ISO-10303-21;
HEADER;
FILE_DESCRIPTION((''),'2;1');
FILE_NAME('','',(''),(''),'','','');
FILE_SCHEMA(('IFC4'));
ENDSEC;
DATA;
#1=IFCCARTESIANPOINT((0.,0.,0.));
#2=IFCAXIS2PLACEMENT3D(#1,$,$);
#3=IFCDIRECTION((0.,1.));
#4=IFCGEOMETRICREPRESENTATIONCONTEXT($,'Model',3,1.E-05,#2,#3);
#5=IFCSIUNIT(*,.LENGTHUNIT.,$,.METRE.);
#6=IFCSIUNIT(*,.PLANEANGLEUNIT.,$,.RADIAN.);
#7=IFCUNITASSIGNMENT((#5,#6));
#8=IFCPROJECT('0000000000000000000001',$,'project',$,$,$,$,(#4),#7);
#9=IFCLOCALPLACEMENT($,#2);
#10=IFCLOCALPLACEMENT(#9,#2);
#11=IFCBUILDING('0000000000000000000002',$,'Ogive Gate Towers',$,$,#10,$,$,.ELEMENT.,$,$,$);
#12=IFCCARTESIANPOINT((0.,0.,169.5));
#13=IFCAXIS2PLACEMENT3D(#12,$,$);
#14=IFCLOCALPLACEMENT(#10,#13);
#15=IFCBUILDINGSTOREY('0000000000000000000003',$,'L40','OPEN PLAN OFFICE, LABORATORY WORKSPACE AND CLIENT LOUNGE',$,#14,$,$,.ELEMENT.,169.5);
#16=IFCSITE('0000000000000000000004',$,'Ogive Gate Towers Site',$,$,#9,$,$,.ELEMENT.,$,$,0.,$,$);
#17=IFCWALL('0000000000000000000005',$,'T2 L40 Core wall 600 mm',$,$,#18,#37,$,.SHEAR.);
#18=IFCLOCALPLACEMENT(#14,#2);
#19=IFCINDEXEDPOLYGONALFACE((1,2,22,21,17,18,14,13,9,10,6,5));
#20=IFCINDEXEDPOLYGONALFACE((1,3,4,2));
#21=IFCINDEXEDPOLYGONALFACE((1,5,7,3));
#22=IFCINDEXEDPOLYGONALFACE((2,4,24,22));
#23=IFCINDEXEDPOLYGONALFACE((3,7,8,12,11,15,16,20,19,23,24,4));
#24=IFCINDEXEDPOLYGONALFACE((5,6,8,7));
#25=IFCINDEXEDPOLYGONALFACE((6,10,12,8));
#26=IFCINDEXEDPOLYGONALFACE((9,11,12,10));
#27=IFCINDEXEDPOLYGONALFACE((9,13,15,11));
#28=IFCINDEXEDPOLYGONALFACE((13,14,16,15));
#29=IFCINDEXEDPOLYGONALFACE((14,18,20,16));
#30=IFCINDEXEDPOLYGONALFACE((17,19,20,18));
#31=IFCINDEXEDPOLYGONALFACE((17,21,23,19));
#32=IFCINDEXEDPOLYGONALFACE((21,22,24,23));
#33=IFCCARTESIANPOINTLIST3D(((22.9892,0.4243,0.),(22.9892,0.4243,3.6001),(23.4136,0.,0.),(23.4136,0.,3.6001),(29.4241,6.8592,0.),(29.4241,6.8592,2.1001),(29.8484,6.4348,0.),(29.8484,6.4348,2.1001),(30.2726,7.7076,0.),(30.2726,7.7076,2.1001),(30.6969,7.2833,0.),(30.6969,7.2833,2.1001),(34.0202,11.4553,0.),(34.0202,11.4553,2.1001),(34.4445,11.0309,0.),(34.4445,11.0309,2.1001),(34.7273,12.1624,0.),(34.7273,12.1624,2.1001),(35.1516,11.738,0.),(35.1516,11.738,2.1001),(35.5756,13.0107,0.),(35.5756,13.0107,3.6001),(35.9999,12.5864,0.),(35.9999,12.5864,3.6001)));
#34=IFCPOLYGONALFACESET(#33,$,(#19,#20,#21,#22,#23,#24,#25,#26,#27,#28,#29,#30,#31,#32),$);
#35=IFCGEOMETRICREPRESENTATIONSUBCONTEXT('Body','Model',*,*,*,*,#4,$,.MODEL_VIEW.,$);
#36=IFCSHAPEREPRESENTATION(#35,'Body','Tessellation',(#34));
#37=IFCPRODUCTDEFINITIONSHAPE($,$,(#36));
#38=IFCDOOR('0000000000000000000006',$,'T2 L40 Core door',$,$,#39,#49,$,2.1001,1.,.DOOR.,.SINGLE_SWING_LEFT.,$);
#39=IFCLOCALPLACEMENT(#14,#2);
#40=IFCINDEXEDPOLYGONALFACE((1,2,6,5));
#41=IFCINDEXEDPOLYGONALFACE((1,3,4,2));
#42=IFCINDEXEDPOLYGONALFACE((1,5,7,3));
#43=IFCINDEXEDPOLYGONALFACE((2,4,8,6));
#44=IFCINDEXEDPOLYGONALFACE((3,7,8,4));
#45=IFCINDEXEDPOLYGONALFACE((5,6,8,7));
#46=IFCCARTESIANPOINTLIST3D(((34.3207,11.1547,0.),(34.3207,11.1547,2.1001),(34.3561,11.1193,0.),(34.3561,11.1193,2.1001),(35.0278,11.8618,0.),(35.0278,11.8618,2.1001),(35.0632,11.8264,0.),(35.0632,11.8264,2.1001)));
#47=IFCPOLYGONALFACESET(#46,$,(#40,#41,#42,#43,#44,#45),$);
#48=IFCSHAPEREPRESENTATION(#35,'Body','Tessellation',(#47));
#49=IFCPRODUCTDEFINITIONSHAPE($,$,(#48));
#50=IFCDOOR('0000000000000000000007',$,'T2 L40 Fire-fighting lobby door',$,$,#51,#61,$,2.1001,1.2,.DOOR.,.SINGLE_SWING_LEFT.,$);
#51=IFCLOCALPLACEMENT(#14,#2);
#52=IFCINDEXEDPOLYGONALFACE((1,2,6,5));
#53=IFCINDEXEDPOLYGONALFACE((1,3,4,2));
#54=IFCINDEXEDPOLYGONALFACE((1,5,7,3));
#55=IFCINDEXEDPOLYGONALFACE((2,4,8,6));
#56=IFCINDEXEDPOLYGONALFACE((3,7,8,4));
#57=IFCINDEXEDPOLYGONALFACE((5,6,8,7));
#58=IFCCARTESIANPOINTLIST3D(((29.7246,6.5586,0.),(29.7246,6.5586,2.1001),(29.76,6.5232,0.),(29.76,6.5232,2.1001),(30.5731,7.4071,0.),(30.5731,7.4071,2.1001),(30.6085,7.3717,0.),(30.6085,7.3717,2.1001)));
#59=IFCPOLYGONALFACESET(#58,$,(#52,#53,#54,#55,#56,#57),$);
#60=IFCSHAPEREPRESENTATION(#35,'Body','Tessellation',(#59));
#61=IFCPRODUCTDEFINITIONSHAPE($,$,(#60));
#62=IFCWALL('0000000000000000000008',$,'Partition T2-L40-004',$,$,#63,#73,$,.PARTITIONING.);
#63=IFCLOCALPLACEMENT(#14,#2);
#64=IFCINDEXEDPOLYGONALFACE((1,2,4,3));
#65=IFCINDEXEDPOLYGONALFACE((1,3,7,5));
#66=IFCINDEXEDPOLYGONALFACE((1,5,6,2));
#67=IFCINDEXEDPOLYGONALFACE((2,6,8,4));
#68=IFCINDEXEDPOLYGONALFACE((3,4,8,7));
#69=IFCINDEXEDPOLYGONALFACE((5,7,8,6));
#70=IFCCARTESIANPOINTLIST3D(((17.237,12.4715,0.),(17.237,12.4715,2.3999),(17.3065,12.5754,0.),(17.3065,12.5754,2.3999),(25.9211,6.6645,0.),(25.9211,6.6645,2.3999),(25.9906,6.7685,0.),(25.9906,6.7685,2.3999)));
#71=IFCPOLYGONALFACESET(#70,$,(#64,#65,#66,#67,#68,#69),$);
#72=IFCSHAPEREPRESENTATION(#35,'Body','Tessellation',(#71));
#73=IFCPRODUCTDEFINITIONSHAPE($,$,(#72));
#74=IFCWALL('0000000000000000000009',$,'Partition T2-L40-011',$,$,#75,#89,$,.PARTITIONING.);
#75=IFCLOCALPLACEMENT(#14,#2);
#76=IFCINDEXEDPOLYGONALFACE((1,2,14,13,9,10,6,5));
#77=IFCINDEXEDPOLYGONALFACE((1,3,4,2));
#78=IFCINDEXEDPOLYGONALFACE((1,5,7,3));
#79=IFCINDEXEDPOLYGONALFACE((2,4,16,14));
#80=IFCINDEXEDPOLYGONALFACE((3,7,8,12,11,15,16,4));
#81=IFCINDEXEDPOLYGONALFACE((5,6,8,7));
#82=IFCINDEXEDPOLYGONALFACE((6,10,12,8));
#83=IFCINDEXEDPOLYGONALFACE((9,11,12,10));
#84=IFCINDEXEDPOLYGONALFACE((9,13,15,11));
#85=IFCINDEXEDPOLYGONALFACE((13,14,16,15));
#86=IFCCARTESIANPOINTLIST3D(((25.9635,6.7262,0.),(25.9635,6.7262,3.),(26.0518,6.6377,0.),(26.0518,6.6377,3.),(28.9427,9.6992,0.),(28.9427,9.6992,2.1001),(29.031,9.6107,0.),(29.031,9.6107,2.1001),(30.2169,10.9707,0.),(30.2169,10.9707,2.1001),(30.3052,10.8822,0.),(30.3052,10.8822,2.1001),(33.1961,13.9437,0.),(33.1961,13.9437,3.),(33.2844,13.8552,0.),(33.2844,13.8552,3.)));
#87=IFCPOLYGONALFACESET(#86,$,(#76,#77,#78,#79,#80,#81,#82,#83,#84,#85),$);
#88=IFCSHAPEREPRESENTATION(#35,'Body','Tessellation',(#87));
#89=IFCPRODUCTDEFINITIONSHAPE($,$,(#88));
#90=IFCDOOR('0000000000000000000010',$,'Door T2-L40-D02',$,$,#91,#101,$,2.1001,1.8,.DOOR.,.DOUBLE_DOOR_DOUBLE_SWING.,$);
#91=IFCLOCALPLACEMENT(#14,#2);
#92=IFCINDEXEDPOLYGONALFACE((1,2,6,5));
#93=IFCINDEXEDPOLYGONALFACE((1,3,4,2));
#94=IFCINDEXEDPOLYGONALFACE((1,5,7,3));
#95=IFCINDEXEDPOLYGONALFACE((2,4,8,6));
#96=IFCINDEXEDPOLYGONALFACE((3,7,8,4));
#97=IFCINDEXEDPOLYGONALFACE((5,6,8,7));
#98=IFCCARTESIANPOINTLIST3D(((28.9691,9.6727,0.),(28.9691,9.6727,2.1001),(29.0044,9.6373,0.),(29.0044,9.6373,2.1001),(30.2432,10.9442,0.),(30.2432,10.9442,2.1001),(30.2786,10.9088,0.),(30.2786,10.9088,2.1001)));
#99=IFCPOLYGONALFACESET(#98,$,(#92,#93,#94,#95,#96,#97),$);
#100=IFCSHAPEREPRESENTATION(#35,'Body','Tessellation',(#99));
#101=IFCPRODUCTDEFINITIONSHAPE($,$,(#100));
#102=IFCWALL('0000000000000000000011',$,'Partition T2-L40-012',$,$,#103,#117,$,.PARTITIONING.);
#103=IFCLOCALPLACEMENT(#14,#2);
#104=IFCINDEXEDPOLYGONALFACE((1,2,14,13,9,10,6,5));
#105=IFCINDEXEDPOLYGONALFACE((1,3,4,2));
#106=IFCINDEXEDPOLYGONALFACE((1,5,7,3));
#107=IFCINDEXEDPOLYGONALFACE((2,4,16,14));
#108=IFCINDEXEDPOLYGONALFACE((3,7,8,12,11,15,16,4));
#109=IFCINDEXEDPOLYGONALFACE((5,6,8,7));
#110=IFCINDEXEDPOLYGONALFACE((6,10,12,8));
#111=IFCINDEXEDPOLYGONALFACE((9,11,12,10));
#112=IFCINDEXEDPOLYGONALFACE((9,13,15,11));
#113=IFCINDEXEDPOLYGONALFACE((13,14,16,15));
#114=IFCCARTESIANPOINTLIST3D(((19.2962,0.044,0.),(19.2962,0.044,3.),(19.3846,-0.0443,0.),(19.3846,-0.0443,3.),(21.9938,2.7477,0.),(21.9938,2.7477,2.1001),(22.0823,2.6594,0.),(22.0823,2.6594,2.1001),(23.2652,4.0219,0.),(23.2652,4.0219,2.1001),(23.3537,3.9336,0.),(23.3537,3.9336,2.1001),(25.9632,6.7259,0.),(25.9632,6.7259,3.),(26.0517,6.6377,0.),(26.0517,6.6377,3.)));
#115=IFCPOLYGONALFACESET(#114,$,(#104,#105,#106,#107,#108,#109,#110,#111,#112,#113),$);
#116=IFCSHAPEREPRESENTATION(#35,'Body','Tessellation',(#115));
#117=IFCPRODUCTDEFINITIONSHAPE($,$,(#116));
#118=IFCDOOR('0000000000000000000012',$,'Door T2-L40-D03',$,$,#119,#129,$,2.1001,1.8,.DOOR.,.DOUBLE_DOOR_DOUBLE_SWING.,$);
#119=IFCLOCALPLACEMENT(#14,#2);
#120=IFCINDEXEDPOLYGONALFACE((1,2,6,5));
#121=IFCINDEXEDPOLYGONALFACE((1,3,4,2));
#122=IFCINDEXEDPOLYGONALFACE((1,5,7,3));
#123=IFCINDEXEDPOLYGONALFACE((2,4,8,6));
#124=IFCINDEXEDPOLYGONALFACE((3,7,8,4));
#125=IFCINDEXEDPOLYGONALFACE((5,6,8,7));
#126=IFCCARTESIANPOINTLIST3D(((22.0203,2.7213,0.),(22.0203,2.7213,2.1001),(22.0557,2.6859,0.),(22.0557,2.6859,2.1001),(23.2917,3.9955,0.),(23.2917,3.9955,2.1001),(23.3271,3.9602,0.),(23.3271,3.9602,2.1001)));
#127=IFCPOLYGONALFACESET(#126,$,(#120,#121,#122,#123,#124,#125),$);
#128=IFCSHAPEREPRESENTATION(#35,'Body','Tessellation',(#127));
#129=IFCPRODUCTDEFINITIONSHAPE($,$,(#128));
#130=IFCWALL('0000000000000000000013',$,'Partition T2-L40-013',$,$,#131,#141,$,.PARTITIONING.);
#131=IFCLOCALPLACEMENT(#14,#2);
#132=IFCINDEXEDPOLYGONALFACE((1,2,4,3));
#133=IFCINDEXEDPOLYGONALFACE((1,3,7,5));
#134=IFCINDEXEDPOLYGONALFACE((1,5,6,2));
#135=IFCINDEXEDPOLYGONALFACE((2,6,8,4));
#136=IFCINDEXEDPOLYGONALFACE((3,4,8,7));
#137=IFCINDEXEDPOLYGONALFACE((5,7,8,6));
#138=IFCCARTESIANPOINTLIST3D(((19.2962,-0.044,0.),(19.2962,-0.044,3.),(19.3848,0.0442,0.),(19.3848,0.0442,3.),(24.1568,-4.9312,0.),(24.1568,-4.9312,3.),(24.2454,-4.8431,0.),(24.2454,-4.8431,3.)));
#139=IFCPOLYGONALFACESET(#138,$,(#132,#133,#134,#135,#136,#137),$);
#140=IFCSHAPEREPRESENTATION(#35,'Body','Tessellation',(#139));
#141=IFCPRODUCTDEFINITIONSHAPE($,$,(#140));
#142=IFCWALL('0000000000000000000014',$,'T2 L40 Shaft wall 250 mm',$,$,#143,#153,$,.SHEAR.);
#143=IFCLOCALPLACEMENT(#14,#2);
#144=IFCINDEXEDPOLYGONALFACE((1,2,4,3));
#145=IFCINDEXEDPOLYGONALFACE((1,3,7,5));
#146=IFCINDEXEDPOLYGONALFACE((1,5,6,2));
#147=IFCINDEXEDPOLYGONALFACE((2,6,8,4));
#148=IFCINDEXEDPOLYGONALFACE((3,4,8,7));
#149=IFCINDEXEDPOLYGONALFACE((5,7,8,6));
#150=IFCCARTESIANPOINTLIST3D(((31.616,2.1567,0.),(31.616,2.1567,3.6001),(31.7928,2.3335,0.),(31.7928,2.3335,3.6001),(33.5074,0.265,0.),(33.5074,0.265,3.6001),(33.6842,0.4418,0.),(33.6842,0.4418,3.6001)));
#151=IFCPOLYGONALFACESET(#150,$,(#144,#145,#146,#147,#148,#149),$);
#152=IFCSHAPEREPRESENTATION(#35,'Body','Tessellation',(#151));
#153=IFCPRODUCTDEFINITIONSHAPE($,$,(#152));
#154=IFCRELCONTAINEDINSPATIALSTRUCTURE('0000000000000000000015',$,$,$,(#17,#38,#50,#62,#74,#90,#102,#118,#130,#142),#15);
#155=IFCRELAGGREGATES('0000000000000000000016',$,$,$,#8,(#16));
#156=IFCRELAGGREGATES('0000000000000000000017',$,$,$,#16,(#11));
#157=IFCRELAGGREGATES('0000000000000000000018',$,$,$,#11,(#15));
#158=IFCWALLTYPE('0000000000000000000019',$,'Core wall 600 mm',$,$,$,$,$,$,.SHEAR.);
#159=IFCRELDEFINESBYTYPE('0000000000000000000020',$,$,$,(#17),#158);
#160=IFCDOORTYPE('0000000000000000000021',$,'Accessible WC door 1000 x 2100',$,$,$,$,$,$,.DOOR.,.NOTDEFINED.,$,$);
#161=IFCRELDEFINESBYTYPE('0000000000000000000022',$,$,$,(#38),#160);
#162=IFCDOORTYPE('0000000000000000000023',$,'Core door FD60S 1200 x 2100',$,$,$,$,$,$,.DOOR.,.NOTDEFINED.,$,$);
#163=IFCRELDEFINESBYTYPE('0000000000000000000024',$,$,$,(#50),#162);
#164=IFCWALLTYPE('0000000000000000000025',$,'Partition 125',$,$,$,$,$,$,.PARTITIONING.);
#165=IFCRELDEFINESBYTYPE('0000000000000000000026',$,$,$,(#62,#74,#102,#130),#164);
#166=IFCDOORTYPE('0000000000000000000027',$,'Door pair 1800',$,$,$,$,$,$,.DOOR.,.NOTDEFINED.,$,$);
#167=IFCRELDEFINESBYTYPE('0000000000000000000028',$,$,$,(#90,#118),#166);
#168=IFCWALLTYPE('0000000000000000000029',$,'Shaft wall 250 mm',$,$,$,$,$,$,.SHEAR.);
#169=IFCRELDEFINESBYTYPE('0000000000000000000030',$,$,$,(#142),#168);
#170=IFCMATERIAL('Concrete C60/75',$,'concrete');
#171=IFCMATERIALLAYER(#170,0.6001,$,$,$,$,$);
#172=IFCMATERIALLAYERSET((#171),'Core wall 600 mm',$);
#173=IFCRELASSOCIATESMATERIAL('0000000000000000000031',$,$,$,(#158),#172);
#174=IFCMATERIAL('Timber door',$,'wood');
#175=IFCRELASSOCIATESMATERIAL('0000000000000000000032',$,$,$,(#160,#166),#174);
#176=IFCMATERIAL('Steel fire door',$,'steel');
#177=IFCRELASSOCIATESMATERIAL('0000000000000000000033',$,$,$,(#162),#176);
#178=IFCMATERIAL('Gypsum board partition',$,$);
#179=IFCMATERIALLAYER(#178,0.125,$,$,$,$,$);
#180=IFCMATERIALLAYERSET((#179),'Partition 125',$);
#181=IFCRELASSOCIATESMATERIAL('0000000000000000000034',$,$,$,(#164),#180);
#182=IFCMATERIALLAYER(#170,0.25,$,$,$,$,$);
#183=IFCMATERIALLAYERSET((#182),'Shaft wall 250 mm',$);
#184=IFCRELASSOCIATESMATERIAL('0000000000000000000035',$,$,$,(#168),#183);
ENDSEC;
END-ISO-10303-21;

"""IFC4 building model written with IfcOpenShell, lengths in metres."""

from ifc_helpers import new_model, si_unit, direction, frame, frame_2d, origin, place, context, subcontext, project, spatial, rectangle, extrude, material, layer, layer_set, type_object, element, fill, save


model = new_model("IFC4")

# Units and contexts
model_context = context("Model", 3, precision=1e-05, world=origin(), true_north=direction((0.0, 1.0)))
body_context = subcontext(model_context, "Body", "Model", "MODEL_VIEW")
ifc_project = project(units=[si_unit("LENGTHUNIT", "METRE"), si_unit("PLANEANGLEUNIT", "RADIAN")], contexts=[model_context])

# Site, building, storey
site_placement = place(None, origin())
site = spatial("IfcSite", under=ifc_project, at=site_placement, Name="Ogive Gate Towers Site", CompositionType="ELEMENT", RefElevation=0.0)
building_placement = place(site_placement, origin())
building = spatial("IfcBuilding", under=site, at=building_placement, Name="Ogive Gate Towers", CompositionType="ELEMENT")
storey_placement = place(building_placement, frame((0.0, 0.0, 169.5)))
storey = spatial("IfcBuildingStorey", under=building, at=storey_placement, Name="L40", Description="OPEN PLAN OFFICE, LABORATORY WORKSPACE AND CLIENT LOUNGE", CompositionType="ELEMENT", Elevation=169.5)

# Wall, openings, doors
ifc_material_1 = material(Name="Concrete C60/75", Category="concrete")
ifc_layer_1 = layer(ifc_material_1, 0.6001)
ifc_layer_set_1 = layer_set([ifc_layer_1], Name="Core wall 600 mm")
wall_type_1 = type_object("IfcWallType", Name="Core wall 600 mm", PredefinedType="SHEAR", material=ifc_layer_set_1)
wall_1_placement = place(storey_placement, frame((23.2014, 0.2122, 0.0), z_axis=(0.0, 0.0, 1.0), x_axis=(0.707107, 0.707107, 0.0)))
wall_1 = element("IfcWall", 1, at=wall_1_placement, inside=storey, type_object=wall_type_1, Name="T2 L40 Core wall 600 mm", PredefinedType="SHEAR", context=body_context, shape_type="SweptSolid", body=[
    extrude(rectangle(XDim=17.7998, YDim=0.6001, at=frame_2d((8.8999, 0.0))), origin(), (0.0, 0.0, 1.0), 3.6001),
])
opening_1_placement = place(wall_1_placement, frame((9.1001, 0.0, 0.0)))
opening_1 = element("IfcOpeningElement", 2, at=opening_1_placement, cuts=wall_1, PredefinedType="OPENING", context=body_context, shape_type="SweptSolid", body=[
    extrude(rectangle(XDim=1.2, YDim=2.1001, at=frame_2d((0.6001, 1.05))), frame((0.0, 0.3101, 0.0), z_axis=(0.0, -1.0, 0.0), x_axis=(1.0, 0.0, 0.0)), (0.0, 0.0, 1.0), 0.6201),
])
opening_2_placement = place(wall_1_placement, frame((15.6001, 0.0, 0.0)))
opening_2 = element("IfcOpeningElement", 3, at=opening_2_placement, cuts=wall_1, PredefinedType="OPENING", context=body_context, shape_type="SweptSolid", body=[
    extrude(rectangle(XDim=1.0, YDim=2.1001, at=frame_2d((0.5, 1.05))), frame((0.0, 0.3101, 0.0), z_axis=(0.0, -1.0, 0.0), x_axis=(1.0, 0.0, 0.0)), (0.0, 0.0, 1.0), 0.6201),
])
ifc_material_2 = material(Name="Timber door", Category="wood")
door_type_1 = type_object("IfcDoorType", Name="Accessible WC door 1000 x 2100", OperationType="NOTDEFINED", PredefinedType="DOOR", material=ifc_material_2)
door_1_placement = place(opening_2_placement, origin())
door_1 = element("IfcDoor", 4, at=door_1_placement, inside=storey, type_object=door_type_1, Name="T2 L40 Core door", OperationType="SINGLE_SWING_LEFT", OverallHeight=2.1001, OverallWidth=1.0, PredefinedType="DOOR", context=body_context, shape_type="SweptSolid", body=[
    extrude(rectangle(XDim=1.0, YDim=2.1001, at=frame_2d((0.5, 1.05))), frame((0.0, -0.125, 0.0), z_axis=(0.0, -1.0, 0.0), x_axis=(1.0, 0.0, 0.0)), (0.0, 0.0, 1.0), 0.05),
])
fill(opening_2, door_1)
ifc_material_3 = material(Name="Steel fire door", Category="steel")
door_type_2 = type_object("IfcDoorType", Name="Core door FD60S 1200 x 2100", OperationType="NOTDEFINED", PredefinedType="DOOR", material=ifc_material_3)
door_2_placement = place(opening_1_placement, origin())
door_2 = element("IfcDoor", 5, at=door_2_placement, inside=storey, type_object=door_type_2, Name="T2 L40 Fire-fighting lobby door", OperationType="SINGLE_SWING_LEFT", OverallHeight=2.1001, OverallWidth=1.2, PredefinedType="DOOR", context=body_context, shape_type="SweptSolid", body=[
    extrude(rectangle(XDim=1.2, YDim=2.1001, at=frame_2d((0.6001, 1.05))), frame((0.0, -0.125, 0.0), z_axis=(0.0, -1.0, 0.0), x_axis=(1.0, 0.0, 0.0)), (0.0, 0.0, 1.0), 0.05),
])
fill(opening_1, door_2)

# Wall
ifc_material_4 = material(Name="Gypsum board partition")
ifc_layer_2 = layer(ifc_material_4, 0.125)
ifc_layer_set_2 = layer_set([ifc_layer_2], Name="Partition 125")
wall_type_2 = type_object("IfcWallType", Name="Partition 125", PredefinedType="PARTITIONING", material=ifc_layer_set_2)
wall_2_placement = place(storey_placement, frame((17.2717, 12.5234, 0.0), z_axis=(0.0, 0.0, 1.0), x_axis=(0.831276, -0.555859, 0.0)))
element("IfcWall", 6, at=wall_2_placement, inside=storey, type_object=wall_type_2, Name="Partition T2-L40-004", PredefinedType="PARTITIONING", context=body_context, shape_type="SweptSolid", body=[
    extrude(rectangle(XDim=10.4468, YDim=0.125, at=frame_2d((5.2234, 0.0))), origin(), (0.0, 0.0, 1.0), 2.3999),
])

# Walls, openings, doors
wall_3_placement = place(storey_placement, frame((33.2402, 13.8994, 0.0), z_axis=(0.0, 0.0, 1.0), x_axis=(-0.707847, -0.706366, 0.0)))
wall_3 = element("IfcWall", 7, at=wall_3_placement, inside=storey, type_object=wall_type_2, Name="Partition T2-L40-011", PredefinedType="PARTITIONING", context=body_context, shape_type="SweptSolid", body=[
    extrude(rectangle(XDim=10.2178, YDim=0.125, at=frame_2d((5.1089, 0.0))), origin(), (0.0, 0.0, 1.0), 3.0),
])
opening_3_placement = place(wall_3_placement, frame((4.209, 0.0, 0.0)))
opening_3 = element("IfcOpeningElement", 8, at=opening_3_placement, cuts=wall_3, PredefinedType="OPENING", context=body_context, shape_type="SweptSolid", body=[
    extrude(rectangle(XDim=1.8, YDim=2.1001, at=frame_2d((0.8999, 1.05))), frame((0.0, 0.0725, 0.0), z_axis=(0.0, -1.0, 0.0), x_axis=(1.0, 0.0, 0.0)), (0.0, 0.0, 1.0), 0.145),
])
door_type_3 = type_object("IfcDoorType", Name="Door pair 1800", OperationType="NOTDEFINED", PredefinedType="DOOR", material=ifc_material_2)
door_3_placement = place(opening_3_placement, origin())
door_3 = element("IfcDoor", 9, at=door_3_placement, inside=storey, type_object=door_type_3, Name="Door T2-L40-D02", OperationType="DOUBLE_DOOR_DOUBLE_SWING", OverallHeight=2.1001, OverallWidth=1.8, PredefinedType="DOOR", context=body_context, shape_type="SweptSolid", body=[
    extrude(rectangle(XDim=1.8, YDim=2.1001, at=frame_2d((0.8999, 1.05))), frame((0.0, 0.0249, 0.0), z_axis=(0.0, -1.0, 0.0), x_axis=(1.0, 0.0, 0.0)), (0.0, 0.0, 1.0), 0.05),
])
fill(opening_3, door_3)
wall_4_placement = place(storey_placement, frame((26.0076, 6.6819, 0.0), z_axis=(0.0, 0.0, 1.0), x_axis=(-0.706317, -0.707895, 0.0)))
wall_4 = element("IfcWall", 10, at=wall_4_placement, inside=storey, type_object=wall_type_2, Name="Partition T2-L40-012", PredefinedType="PARTITIONING", context=body_context, shape_type="SweptSolid", body=[
    extrude(rectangle(XDim=9.4392, YDim=0.125, at=frame_2d((4.7197, 0.0))), origin(), (0.0, 0.0, 1.0), 3.0),
])
opening_4_placement = place(wall_4_placement, frame((3.8201, 0.0, 0.0)))
opening_4 = element("IfcOpeningElement", 11, at=opening_4_placement, cuts=wall_4, PredefinedType="OPENING", context=body_context, shape_type="SweptSolid", body=[
    extrude(rectangle(XDim=1.8, YDim=2.1001, at=frame_2d((0.8999, 1.05))), frame((0.0, 0.0725, 0.0), z_axis=(0.0, -1.0, 0.0), x_axis=(1.0, 0.0, 0.0)), (0.0, 0.0, 1.0), 0.145),
])
door_4_placement = place(opening_4_placement, origin())
door_4 = element("IfcDoor", 12, at=door_4_placement, inside=storey, type_object=door_type_3, Name="Door T2-L40-D03", OperationType="DOUBLE_DOOR_DOUBLE_SWING", OverallHeight=2.1001, OverallWidth=1.8, PredefinedType="DOOR", context=body_context, shape_type="SweptSolid", body=[
    extrude(rectangle(XDim=1.8, YDim=2.1001, at=frame_2d((0.8999, 1.05))), frame((0.0, 0.0249, 0.0), z_axis=(0.0, -1.0, 0.0), x_axis=(1.0, 0.0, 0.0)), (0.0, 0.0, 1.0), 0.05),
])
fill(opening_4, door_4)

# Walls
wall_5_placement = place(storey_placement, frame((19.3406, 0.0, 0.0), z_axis=(0.0, 0.0, 1.0), x_axis=(0.705174, -0.709035, 0.0)))
element("IfcWall", 13, at=wall_5_placement, inside=storey, type_object=wall_type_2, Name="Partition T2-L40-013", PredefinedType="PARTITIONING", context=body_context, shape_type="SweptSolid", body=[
    extrude(rectangle(XDim=6.8928, YDim=0.125, at=frame_2d((3.4463, 0.0))), origin(), (0.0, 0.0, 1.0), 3.0),
])
ifc_layer_3 = layer(ifc_material_1, 0.25)
ifc_layer_set_3 = layer_set([ifc_layer_3], Name="Shaft wall 250 mm")
wall_type_3 = type_object("IfcWallType", Name="Shaft wall 250 mm", PredefinedType="SHEAR", material=ifc_layer_set_3)
wall_6_placement = place(storey_placement, frame((33.5957, 0.3535, 0.0), z_axis=(0.0, 0.0, 1.0), x_axis=(-0.707061, 0.707152, 0.0)))
element("IfcWall", 14, at=wall_6_placement, inside=storey, type_object=wall_type_3, Name="T2 L40 Shaft wall 250 mm", PredefinedType="SHEAR", context=body_context, shape_type="SweptSolid", body=[
    extrude(rectangle(XDim=2.675, YDim=0.25, at=frame_2d((1.3374, 0.0))), origin(), (0.0, 0.0, 1.0), 3.6001),
])

save(model, "model.ifc")
